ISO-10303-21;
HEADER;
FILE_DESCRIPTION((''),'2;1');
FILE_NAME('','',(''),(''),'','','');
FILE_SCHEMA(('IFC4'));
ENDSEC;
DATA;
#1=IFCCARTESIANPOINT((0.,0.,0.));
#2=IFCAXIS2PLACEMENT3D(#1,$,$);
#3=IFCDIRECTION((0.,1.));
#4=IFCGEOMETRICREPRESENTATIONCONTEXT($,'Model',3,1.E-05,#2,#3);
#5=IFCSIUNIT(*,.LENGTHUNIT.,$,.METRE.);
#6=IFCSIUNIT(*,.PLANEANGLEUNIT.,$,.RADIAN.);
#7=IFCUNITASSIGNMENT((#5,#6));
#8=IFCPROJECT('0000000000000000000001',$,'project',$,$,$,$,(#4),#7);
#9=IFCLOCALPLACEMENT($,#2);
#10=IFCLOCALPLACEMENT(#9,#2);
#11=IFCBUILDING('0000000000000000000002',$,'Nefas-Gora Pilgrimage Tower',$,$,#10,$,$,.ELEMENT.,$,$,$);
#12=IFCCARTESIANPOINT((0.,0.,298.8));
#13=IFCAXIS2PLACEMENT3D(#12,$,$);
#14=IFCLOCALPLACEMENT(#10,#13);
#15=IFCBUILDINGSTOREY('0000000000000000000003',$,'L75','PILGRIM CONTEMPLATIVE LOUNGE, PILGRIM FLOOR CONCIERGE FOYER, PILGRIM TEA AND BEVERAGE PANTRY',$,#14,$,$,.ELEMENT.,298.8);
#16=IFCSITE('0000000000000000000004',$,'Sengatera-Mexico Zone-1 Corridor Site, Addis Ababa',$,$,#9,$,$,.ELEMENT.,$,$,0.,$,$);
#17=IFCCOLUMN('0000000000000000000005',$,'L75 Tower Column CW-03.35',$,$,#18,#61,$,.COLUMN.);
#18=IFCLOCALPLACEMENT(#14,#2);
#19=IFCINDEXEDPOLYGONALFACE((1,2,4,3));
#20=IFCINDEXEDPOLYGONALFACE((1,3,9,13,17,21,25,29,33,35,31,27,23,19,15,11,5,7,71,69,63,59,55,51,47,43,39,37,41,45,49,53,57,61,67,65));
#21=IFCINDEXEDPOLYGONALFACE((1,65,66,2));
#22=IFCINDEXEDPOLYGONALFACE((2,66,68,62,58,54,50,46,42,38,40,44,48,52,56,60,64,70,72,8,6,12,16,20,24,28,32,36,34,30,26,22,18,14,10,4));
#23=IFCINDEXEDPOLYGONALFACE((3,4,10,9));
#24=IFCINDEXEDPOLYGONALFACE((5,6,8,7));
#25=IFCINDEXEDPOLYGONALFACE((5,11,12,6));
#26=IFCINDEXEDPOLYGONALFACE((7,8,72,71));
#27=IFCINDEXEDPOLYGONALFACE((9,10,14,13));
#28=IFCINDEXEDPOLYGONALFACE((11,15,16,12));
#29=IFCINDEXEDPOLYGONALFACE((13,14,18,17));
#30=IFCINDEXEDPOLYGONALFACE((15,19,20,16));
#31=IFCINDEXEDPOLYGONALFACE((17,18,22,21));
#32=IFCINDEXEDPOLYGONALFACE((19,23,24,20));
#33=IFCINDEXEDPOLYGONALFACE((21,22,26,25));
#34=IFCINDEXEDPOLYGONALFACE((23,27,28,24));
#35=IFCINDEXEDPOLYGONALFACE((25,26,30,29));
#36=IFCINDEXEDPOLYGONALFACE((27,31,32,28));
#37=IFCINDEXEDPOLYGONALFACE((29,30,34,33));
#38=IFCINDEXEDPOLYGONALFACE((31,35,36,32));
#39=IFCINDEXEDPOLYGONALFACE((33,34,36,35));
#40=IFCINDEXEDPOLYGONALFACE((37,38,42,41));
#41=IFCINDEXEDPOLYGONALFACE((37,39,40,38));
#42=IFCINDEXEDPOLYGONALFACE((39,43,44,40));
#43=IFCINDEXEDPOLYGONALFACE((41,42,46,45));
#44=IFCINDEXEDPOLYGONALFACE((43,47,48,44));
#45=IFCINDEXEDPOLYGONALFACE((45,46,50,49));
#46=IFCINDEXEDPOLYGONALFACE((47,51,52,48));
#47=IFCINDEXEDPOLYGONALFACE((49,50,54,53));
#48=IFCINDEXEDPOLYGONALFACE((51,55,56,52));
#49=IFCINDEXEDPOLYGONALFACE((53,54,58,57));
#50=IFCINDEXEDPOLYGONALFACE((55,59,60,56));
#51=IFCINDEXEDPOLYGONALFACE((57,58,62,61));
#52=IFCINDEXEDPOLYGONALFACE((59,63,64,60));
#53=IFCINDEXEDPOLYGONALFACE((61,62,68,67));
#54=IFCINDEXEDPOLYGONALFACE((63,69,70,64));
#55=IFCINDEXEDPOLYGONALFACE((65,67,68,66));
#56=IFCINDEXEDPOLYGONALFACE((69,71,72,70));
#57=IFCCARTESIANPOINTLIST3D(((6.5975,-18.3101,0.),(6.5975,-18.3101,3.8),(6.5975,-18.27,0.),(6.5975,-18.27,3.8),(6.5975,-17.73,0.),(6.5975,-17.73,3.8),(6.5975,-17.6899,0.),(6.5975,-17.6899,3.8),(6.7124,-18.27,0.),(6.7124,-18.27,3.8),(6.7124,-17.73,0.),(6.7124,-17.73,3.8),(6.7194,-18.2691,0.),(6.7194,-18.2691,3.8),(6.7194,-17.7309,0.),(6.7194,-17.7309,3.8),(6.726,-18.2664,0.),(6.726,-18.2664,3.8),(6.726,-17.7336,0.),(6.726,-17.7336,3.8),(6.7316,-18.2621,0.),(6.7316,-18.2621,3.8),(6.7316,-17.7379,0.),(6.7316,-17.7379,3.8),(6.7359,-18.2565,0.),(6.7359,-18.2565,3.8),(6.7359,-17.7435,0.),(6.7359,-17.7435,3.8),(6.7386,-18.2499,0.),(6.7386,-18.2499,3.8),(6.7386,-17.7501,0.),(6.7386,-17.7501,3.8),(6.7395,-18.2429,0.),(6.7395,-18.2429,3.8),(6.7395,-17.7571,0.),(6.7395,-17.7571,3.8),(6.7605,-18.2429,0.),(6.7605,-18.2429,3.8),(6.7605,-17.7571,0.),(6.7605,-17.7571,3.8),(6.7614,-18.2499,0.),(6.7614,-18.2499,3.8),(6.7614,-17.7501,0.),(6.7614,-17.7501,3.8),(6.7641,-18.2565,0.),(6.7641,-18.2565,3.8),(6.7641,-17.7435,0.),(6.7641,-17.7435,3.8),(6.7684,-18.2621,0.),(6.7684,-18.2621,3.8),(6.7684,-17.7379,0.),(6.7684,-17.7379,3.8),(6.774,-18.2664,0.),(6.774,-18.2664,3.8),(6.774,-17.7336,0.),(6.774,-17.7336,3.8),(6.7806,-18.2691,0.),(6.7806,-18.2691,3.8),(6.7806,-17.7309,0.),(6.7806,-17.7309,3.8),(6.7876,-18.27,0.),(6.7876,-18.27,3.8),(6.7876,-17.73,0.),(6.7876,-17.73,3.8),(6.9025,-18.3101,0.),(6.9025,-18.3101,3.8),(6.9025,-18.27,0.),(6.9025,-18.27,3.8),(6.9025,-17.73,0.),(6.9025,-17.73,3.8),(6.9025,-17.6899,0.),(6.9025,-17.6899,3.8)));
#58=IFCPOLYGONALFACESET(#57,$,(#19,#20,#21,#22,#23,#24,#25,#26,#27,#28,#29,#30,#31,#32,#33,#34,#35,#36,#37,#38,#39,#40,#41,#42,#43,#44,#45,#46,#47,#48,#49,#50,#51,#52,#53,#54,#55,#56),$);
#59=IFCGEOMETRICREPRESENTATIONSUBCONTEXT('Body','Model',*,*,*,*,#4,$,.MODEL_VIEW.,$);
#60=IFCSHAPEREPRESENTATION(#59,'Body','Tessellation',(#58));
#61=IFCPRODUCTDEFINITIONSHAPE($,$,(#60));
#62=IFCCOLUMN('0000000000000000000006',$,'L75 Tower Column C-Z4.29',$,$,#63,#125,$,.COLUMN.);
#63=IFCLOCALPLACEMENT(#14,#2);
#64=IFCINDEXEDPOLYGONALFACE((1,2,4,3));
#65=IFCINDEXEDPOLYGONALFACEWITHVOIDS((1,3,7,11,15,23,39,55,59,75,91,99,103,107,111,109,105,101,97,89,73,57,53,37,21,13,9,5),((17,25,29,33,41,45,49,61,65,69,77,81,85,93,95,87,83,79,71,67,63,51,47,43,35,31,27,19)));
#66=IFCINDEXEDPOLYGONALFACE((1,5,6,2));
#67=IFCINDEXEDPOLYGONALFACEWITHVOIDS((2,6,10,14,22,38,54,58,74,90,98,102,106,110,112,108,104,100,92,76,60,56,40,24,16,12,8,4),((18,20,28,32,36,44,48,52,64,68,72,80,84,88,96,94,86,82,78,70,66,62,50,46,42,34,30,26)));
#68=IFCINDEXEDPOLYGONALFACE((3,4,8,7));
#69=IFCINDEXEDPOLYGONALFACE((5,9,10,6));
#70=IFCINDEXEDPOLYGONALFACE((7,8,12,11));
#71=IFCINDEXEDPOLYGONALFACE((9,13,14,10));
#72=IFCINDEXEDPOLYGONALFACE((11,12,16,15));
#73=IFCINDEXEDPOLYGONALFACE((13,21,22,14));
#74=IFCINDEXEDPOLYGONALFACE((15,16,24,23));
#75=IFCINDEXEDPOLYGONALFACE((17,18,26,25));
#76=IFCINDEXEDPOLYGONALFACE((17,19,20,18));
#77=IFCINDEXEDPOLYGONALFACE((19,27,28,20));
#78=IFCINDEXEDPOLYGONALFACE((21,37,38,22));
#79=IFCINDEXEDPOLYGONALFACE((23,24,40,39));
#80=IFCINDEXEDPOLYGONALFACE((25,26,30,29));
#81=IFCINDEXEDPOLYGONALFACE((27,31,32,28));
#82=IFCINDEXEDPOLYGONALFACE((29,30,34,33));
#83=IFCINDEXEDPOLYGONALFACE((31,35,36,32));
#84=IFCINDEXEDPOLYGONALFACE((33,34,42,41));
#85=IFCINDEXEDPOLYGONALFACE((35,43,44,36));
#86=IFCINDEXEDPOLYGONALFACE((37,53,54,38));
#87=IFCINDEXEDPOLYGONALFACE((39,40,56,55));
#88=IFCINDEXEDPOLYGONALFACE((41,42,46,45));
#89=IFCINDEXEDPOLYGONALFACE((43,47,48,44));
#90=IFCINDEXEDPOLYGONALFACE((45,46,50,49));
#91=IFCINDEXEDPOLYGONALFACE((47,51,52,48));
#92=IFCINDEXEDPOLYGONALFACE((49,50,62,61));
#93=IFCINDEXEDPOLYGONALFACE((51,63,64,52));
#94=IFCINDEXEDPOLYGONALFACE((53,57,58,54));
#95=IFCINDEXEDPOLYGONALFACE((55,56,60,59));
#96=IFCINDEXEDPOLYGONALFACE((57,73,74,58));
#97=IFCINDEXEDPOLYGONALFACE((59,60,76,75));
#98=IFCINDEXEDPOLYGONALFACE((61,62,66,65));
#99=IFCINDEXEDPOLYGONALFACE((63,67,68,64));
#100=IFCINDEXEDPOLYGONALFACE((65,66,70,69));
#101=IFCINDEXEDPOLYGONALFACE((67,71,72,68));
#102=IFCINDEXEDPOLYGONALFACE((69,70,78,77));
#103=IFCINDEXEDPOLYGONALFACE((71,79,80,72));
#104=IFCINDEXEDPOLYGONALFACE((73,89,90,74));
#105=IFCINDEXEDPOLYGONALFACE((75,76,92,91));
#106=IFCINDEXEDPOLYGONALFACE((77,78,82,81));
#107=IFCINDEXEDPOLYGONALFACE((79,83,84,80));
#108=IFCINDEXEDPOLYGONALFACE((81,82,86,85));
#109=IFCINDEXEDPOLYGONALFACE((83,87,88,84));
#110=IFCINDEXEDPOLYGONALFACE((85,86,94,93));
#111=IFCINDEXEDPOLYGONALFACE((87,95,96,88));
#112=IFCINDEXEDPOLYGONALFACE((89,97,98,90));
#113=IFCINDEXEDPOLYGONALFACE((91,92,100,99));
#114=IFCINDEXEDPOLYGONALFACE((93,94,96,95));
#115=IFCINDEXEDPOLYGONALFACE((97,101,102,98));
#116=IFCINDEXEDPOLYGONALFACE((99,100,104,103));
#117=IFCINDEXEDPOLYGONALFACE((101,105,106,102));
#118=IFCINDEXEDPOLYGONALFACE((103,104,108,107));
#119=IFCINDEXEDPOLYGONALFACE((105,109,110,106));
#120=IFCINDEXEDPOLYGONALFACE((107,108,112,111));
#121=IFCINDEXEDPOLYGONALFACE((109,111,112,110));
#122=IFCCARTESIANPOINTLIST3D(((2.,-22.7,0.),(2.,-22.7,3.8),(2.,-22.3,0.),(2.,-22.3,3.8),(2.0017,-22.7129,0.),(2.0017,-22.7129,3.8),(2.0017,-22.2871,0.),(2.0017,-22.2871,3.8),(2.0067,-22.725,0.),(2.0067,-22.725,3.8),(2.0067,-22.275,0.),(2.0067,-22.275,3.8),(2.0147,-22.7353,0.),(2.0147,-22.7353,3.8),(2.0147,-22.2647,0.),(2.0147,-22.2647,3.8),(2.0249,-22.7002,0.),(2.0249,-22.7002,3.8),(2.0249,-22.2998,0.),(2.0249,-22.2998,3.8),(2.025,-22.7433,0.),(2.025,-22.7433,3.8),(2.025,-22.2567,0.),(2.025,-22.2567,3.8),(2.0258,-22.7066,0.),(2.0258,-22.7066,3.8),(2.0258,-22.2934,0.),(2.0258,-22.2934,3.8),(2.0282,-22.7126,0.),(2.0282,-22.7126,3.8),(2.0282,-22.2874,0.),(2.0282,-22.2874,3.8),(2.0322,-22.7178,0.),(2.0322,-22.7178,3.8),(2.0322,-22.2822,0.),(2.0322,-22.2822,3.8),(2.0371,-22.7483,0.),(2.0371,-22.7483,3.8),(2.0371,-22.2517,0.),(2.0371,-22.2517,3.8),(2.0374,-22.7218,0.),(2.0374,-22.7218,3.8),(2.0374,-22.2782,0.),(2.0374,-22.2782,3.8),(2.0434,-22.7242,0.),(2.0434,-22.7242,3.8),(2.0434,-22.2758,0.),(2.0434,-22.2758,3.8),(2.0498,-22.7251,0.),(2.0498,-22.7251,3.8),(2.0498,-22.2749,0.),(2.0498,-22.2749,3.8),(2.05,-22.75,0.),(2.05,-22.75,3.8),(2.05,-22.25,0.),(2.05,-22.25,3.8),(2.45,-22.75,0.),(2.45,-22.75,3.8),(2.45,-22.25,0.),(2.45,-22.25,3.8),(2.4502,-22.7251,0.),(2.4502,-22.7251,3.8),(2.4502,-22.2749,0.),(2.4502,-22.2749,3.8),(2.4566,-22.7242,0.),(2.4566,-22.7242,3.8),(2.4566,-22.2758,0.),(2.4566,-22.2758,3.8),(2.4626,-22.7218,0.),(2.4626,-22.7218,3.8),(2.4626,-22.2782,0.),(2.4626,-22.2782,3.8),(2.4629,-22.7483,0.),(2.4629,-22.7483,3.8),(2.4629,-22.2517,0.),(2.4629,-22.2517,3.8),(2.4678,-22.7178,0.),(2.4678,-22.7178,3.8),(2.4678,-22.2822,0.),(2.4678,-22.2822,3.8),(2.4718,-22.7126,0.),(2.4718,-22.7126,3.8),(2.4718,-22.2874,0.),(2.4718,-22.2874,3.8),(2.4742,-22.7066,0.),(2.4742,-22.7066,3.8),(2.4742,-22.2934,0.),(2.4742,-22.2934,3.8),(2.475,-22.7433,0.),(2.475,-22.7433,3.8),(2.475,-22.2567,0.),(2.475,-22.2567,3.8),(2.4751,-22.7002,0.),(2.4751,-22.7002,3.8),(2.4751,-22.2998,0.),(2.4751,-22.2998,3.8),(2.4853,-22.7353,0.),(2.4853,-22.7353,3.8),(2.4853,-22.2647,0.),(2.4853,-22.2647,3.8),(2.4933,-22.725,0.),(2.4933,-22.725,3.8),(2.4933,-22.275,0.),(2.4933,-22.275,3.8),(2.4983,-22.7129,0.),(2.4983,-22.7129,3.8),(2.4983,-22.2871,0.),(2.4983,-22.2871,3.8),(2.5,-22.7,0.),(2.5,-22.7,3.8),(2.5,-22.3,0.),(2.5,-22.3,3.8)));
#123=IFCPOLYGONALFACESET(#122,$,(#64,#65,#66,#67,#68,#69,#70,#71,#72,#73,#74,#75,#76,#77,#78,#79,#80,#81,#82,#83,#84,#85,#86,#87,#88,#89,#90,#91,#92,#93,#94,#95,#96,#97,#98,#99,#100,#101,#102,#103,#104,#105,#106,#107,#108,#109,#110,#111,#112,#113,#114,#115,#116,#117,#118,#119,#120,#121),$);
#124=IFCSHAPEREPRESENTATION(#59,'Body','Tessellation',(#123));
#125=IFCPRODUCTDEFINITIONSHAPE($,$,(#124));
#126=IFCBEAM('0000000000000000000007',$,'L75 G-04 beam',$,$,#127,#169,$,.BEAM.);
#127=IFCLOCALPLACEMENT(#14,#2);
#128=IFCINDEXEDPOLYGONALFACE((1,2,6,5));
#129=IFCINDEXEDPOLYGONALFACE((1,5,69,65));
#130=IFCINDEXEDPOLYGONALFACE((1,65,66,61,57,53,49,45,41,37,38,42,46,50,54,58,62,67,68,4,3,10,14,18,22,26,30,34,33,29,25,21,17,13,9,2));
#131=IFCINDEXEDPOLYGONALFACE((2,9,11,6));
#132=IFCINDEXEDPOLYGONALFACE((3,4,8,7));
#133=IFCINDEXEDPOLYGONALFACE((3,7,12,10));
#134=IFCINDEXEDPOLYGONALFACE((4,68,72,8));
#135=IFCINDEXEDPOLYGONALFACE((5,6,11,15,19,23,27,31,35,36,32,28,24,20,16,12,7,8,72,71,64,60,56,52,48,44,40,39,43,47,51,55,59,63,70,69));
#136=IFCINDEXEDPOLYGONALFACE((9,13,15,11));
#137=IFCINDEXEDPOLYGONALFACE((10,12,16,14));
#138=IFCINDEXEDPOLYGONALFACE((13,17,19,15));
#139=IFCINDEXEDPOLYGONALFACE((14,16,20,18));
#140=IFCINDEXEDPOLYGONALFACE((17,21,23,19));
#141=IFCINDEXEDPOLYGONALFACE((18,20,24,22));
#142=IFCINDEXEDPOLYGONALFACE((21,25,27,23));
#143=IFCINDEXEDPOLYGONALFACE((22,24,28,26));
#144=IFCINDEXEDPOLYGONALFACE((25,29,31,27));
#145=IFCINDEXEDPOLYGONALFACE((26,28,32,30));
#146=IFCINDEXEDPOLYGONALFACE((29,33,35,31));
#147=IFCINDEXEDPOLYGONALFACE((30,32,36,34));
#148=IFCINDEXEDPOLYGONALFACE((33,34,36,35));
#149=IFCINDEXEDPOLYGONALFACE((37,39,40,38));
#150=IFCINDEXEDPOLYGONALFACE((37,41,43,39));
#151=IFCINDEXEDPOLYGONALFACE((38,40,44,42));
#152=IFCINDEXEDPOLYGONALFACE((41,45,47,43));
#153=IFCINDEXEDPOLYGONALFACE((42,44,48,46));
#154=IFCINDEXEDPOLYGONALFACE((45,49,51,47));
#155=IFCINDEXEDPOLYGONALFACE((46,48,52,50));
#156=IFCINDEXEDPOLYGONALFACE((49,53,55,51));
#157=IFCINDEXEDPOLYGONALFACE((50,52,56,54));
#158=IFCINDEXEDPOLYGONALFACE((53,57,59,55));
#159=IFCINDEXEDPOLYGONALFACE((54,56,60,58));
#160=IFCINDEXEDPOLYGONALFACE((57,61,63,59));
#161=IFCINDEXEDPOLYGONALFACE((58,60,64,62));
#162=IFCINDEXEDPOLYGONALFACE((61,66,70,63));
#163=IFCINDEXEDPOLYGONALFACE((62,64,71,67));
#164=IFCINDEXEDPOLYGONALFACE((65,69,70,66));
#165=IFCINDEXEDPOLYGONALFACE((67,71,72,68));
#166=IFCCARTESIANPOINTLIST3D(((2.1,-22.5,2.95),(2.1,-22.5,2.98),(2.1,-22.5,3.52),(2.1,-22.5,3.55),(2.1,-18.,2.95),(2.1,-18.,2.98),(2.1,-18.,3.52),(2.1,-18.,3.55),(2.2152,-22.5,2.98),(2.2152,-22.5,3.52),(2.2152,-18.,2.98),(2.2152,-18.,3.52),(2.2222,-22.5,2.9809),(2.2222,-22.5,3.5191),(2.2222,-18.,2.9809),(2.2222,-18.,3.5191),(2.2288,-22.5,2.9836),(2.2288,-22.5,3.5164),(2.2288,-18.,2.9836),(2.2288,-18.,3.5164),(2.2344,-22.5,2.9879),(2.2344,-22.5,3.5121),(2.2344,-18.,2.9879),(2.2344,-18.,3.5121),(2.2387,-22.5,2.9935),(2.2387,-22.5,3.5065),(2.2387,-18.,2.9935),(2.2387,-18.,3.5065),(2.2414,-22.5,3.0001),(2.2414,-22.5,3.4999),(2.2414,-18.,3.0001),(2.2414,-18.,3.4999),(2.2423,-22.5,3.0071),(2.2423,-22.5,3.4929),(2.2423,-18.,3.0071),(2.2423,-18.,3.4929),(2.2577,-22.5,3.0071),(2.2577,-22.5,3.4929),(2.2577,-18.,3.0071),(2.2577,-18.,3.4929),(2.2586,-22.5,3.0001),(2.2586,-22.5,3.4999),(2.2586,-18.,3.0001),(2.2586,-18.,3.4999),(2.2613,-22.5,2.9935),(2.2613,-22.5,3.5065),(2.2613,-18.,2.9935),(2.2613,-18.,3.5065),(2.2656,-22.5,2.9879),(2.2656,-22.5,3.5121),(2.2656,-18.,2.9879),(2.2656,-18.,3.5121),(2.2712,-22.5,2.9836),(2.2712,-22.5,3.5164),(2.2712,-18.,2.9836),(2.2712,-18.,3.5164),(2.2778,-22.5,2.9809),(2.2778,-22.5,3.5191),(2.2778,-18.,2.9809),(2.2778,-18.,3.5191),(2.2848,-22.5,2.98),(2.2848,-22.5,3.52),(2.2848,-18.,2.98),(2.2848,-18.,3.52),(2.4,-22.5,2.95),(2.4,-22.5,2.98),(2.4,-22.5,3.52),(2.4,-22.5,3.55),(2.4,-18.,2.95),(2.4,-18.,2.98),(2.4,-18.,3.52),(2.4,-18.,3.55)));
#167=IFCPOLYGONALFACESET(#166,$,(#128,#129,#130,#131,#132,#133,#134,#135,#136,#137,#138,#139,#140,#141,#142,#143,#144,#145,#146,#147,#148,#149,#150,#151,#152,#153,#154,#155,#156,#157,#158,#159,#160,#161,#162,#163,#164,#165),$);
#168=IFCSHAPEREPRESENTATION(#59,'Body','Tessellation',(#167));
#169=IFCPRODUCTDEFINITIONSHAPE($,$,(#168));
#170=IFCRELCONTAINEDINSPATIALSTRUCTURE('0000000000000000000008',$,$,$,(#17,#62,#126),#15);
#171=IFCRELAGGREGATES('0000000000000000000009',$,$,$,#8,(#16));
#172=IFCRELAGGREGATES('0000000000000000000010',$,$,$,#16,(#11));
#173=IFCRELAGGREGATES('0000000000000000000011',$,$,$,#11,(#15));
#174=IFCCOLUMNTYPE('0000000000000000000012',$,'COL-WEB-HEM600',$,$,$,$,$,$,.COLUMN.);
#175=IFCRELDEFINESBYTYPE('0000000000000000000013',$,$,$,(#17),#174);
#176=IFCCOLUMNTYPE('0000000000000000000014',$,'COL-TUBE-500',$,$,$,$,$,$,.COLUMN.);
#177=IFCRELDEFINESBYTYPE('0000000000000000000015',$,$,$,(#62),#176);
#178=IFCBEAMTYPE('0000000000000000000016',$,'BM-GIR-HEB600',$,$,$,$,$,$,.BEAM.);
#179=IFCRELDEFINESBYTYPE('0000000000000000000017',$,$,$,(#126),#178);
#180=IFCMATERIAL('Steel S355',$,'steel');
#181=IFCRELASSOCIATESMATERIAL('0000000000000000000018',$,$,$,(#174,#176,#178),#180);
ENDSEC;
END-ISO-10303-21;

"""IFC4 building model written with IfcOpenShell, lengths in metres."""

from ifc_helpers import new_model, si_unit, direction, frame, origin, origin_2d, place, context, subcontext, project, spatial, hollow_rectangle, i_section, extrude, source, transform, mapped, material, material_profile, profile_set, type_object, element, save


model = new_model("IFC4")

# Units and contexts
model_context = context("Model", 3, precision=1e-05, world=origin(), true_north=direction((0.0, 1.0)))
body_context = subcontext(model_context, "Body", "Model", "MODEL_VIEW")
ifc_project = project(units=[si_unit("LENGTHUNIT", "METRE"), si_unit("PLANEANGLEUNIT", "RADIAN")], contexts=[model_context])

# Site, building, storey
site_placement = place(None, origin())
site = spatial("IfcSite", under=ifc_project, at=site_placement, Name="Sengatera-Mexico Zone-1 Corridor Site, Addis Ababa", CompositionType="ELEMENT", RefElevation=0.0)
building_placement = place(site_placement, origin())
building = spatial("IfcBuilding", under=site, at=building_placement, Name="Nefas-Gora Pilgrimage Tower", CompositionType="ELEMENT")
storey_placement = place(building_placement, frame((0.0, 0.0, 298.8)))
storey = spatial("IfcBuildingStorey", under=building, at=storey_placement, Name="L75", Description="PILGRIM CONTEMPLATIVE LOUNGE, PILGRIM FLOOR CONCIERGE FOYER, PILGRIM TEA AND BEVERAGE PANTRY", CompositionType="ELEMENT", Elevation=298.8)

# Columns
ifc_material_1 = material(Name="Steel S355", Category="steel")
ifc_material_profile_1 = material_profile(ifc_material_1, i_section(OverallWidth=0.3049, OverallDepth=0.6201, WebThickness=0.021, FlangeThickness=0.04, FilletRadius=0.0271, at=origin_2d()), Name="HEM 600")
ifc_profile_set_1 = profile_set([ifc_material_profile_1], Name="Steel S355")
column_type_1 = type_object("IfcColumnType", Name="COL-WEB-HEM600", PredefinedType="COLUMN", material=ifc_profile_set_1)
shared_shape_1 = source(origin(), body_context, "Body", "SweptSolid", [
    extrude(i_section(OverallWidth=0.3049, OverallDepth=0.6201, WebThickness=0.021, FlangeThickness=0.04, FilletRadius=0.0271, at=origin_2d()), origin(), (0.0, 0.0, 1.0), 3.8),
])
for number, where, z_axis, x_axis, name in (
    (1, (6.75, -18.0, 0.0), (0.0, 0.0, 1.0), (1.0, 0.0, 0.0), "L75 Tower Column CW-03.35"),
):
    element("IfcColumn", number, at=place(storey_placement, frame(where, z_axis=z_axis, x_axis=x_axis)), inside=storey, type_object=column_type_1, Name=name, PredefinedType="COLUMN", context=body_context, shape_type="MappedRepresentation", body=[
        mapped(shared_shape_1, transform((0.0, 0.0, 0.0), x_axis=(1.0, 0.0, 0.0), y_axis=(0.0, 1.0, 0.0), z_axis=(0.0, 0.0, 1.0), scale=1.0)),
    ])
ifc_material_profile_2 = material_profile(ifc_material_1, hollow_rectangle(XDim=0.5, YDim=0.5, WallThickness=0.0249, InnerFilletRadius=0.0249, OuterFilletRadius=0.05, at=origin_2d()), Name="SHS 500x500x25")
ifc_profile_set_2 = profile_set([ifc_material_profile_2], Name="Steel S355")
column_type_2 = type_object("IfcColumnType", Name="COL-TUBE-500", PredefinedType="COLUMN", material=ifc_profile_set_2)
shared_shape_2 = source(origin(), body_context, "Body", "SweptSolid", [
    extrude(hollow_rectangle(XDim=0.5, YDim=0.5, WallThickness=0.0249, InnerFilletRadius=0.0249, OuterFilletRadius=0.05, at=origin_2d()), origin(), (0.0, 0.0, 1.0), 3.8),
])
column_1_placement = place(storey_placement, frame((2.25, -22.5, 0.0), z_axis=(0.0, 0.0, 1.0), x_axis=(1.0, 0.0, 0.0)))
element("IfcColumn", 2, at=column_1_placement, inside=storey, type_object=column_type_2, Name="L75 Tower Column C-Z4.29", PredefinedType="COLUMN", context=body_context, shape_type="MappedRepresentation", body=[
    mapped(shared_shape_2, transform((0.0, 0.0, 0.0), x_axis=(1.0, 0.0, 0.0), y_axis=(0.0, 1.0, 0.0), z_axis=(0.0, 0.0, 1.0), scale=1.0)),
])

# Beam
ifc_material_profile_3 = material_profile(ifc_material_1, i_section(OverallWidth=0.3, OverallDepth=0.6001, WebThickness=0.0154, FlangeThickness=0.03, FilletRadius=0.0271, at=origin_2d()), Name="HEB 600")
ifc_profile_set_3 = profile_set([ifc_material_profile_3], Name="Steel S355")
beam_type = type_object("IfcBeamType", Name="BM-GIR-HEB600", PredefinedType="BEAM", material=ifc_profile_set_3)
shared_shape_3 = source(origin(), body_context, "Body", "SweptSolid", [
    extrude(i_section(OverallWidth=0.3, OverallDepth=0.6001, WebThickness=0.0154, FlangeThickness=0.03, FilletRadius=0.0271, at=origin_2d()), origin(), (0.0, 0.0, 1.0), 4.5),
])
for number, where, z_axis, x_axis, name in (
    (3, (2.25, -22.5, 3.25), (0.0, 1.0, 0.0), (-1.0, 0.0, 0.0), "L75 G-04 beam"),
):
    element("IfcBeam", number, at=place(storey_placement, frame(where, z_axis=z_axis, x_axis=x_axis)), inside=storey, type_object=beam_type, Name=name, PredefinedType="BEAM", context=body_context, shape_type="MappedRepresentation", body=[
        mapped(shared_shape_3, transform((0.0, 0.0, 0.0), x_axis=(1.0, 0.0, 0.0), y_axis=(0.0, 1.0, 0.0), z_axis=(0.0, 0.0, 1.0), scale=1.0)),
    ])

save(model, "model.ifc")
